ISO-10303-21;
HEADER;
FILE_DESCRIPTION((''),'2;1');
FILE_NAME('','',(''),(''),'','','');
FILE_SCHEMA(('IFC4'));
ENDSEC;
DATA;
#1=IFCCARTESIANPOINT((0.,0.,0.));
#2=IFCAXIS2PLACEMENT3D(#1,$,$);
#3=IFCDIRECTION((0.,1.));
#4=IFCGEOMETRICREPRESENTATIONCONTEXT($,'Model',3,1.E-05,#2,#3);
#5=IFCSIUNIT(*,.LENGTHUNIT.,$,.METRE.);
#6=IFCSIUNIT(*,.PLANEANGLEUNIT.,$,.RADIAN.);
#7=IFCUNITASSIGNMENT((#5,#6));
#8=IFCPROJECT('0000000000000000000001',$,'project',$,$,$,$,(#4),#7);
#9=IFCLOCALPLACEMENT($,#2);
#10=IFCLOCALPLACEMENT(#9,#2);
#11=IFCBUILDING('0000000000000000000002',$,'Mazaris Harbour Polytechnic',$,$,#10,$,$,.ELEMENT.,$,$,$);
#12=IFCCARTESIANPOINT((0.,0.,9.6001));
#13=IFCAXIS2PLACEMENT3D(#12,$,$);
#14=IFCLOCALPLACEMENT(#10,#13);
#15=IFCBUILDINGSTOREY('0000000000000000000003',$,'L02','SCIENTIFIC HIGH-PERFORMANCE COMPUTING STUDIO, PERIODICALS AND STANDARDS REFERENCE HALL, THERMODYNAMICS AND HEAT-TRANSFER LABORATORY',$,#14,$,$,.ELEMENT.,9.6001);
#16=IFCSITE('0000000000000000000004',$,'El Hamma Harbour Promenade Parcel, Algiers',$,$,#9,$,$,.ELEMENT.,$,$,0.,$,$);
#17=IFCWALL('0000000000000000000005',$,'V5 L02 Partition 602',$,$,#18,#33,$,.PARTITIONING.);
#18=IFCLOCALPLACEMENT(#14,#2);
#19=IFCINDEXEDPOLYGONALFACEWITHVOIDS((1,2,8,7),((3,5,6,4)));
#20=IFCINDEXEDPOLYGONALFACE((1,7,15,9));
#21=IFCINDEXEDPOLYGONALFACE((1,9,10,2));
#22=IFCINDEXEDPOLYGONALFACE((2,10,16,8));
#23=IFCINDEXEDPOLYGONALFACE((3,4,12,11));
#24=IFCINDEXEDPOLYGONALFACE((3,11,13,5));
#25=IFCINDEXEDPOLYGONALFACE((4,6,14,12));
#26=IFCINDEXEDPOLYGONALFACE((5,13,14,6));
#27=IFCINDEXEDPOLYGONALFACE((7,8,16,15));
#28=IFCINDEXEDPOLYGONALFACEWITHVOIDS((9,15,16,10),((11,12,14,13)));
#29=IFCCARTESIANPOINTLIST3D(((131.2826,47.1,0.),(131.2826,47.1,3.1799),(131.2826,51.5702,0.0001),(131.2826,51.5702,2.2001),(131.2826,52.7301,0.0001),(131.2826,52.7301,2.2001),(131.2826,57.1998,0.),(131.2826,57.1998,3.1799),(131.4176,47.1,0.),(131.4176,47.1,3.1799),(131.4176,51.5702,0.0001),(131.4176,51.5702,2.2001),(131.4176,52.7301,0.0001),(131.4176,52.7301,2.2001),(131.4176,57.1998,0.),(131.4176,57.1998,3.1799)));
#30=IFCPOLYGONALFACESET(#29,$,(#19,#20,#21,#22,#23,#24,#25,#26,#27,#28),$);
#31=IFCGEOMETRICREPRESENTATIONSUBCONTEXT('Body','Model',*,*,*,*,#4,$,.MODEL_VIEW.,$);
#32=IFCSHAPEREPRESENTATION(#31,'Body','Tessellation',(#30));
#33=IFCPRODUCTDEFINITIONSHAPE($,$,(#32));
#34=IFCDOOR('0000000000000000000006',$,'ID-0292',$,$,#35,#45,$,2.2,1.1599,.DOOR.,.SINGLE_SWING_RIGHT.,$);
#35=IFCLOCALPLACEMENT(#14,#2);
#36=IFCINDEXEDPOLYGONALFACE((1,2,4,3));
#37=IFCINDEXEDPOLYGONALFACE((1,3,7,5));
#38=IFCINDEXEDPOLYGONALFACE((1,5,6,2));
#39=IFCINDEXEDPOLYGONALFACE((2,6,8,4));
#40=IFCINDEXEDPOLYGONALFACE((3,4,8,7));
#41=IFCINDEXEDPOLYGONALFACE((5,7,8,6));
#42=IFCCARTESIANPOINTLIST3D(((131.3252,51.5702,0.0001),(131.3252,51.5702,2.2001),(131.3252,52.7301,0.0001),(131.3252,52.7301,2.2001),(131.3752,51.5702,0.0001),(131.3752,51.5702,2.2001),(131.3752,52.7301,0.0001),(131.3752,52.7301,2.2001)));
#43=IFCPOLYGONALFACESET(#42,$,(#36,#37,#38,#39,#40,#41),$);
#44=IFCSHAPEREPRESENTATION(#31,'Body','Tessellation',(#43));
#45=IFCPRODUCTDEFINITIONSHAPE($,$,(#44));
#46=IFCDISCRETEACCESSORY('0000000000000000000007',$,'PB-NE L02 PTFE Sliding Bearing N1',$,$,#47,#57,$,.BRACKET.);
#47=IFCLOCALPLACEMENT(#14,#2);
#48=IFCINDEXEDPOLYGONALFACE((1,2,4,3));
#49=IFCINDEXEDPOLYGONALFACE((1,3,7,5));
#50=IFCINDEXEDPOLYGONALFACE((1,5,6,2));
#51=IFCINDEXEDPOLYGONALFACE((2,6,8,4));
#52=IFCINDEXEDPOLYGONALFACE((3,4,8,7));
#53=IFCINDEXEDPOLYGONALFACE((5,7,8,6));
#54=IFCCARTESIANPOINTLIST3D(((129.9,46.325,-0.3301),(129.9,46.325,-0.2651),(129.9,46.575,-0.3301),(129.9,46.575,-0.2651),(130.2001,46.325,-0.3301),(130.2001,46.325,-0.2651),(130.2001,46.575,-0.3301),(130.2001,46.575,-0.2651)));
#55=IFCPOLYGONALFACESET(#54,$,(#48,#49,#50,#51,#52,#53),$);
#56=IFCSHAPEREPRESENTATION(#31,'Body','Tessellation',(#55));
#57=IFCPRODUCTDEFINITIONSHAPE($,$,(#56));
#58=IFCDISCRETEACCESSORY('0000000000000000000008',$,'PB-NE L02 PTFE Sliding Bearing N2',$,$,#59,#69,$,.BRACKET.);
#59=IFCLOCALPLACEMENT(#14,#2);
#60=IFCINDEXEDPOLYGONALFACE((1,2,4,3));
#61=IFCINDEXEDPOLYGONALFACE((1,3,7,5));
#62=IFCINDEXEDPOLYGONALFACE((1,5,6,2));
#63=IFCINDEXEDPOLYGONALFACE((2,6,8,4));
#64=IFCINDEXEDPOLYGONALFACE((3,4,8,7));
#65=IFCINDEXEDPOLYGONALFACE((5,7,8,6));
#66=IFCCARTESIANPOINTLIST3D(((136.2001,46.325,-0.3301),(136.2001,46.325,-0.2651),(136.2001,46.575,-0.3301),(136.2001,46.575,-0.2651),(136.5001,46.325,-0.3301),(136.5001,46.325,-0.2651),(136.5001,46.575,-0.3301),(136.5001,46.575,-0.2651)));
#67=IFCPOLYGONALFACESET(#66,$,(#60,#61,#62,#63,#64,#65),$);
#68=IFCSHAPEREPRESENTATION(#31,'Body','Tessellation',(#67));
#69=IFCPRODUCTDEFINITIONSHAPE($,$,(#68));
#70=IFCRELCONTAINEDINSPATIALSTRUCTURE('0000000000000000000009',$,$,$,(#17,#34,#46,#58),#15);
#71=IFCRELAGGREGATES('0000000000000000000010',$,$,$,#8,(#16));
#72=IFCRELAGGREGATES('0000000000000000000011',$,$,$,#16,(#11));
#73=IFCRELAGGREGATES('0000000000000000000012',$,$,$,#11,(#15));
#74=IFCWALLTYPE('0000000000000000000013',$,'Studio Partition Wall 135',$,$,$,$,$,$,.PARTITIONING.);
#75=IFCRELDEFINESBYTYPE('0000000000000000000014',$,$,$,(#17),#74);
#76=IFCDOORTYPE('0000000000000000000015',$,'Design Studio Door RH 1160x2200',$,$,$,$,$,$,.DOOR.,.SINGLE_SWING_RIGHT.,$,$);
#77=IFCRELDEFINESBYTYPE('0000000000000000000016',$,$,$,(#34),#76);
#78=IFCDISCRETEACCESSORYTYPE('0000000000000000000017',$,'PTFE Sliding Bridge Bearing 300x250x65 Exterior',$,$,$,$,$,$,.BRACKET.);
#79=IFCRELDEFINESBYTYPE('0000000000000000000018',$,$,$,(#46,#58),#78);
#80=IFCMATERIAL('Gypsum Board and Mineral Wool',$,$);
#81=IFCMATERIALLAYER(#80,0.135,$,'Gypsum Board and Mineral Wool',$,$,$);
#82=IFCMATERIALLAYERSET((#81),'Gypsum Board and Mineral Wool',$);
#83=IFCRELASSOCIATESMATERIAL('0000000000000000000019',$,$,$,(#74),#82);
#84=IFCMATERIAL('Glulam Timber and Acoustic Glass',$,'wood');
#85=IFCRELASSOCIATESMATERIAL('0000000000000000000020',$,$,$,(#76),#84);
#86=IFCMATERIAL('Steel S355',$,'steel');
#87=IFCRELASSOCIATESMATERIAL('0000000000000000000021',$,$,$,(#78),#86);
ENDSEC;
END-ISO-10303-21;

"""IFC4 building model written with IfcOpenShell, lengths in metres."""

from ifc_helpers import new_model, si_unit, direction, frame, frame_2d, origin, origin_2d, place, context, subcontext, project, spatial, rectangle, extrude, material, layer, layer_set, type_object, element, fill, save


model = new_model("IFC4")

# Units and contexts
model_context = context("Model", 3, precision=1e-05, world=origin(), true_north=direction((0.0, 1.0)))
body_context = subcontext(model_context, "Body", "Model", "MODEL_VIEW")
ifc_project = project(units=[si_unit("LENGTHUNIT", "METRE"), si_unit("PLANEANGLEUNIT", "RADIAN")], contexts=[model_context])

# Site, building, storey
site_placement = place(None, origin())
site = spatial("IfcSite", under=ifc_project, at=site_placement, Name="El Hamma Harbour Promenade Parcel, Algiers", CompositionType="ELEMENT", RefElevation=0.0)
building_placement = place(site_placement, origin())
building = spatial("IfcBuilding", under=site, at=building_placement, Name="Mazaris Harbour Polytechnic", CompositionType="ELEMENT")
storey_placement = place(building_placement, frame((0.0, 0.0, 9.6001)))
storey = spatial("IfcBuildingStorey", under=building, at=storey_placement, Name="L02", Description="SCIENTIFIC HIGH-PERFORMANCE COMPUTING STUDIO, PERIODICALS AND STANDARDS REFERENCE HALL, THERMODYNAMICS AND HEAT-TRANSFER LABORATORY", CompositionType="ELEMENT", Elevation=9.6001)

# Wall, opening, door
ifc_material_1 = material(Name="Gypsum Board and Mineral Wool")
ifc_layer_1 = layer(ifc_material_1, 0.135, Name="Gypsum Board and Mineral Wool")
ifc_layer_set_1 = layer_set([ifc_layer_1], Name="Gypsum Board and Mineral Wool")
wall_type_1 = type_object("IfcWallType", Name="Studio Partition Wall 135", PredefinedType="PARTITIONING", material=ifc_layer_set_1)
wall_1_placement = place(storey_placement, frame((131.3501, 47.1001, 0.0), z_axis=(0.0, 0.0, 1.0), x_axis=(0.0, 1.0, 0.0)))
wall_1 = element("IfcWall", 1, at=wall_1_placement, inside=storey, type_object=wall_type_1, Name="V5 L02 Partition 602", PredefinedType="PARTITIONING", context=body_context, shape_type="SweptSolid", body=[
    extrude(rectangle(XDim=10.0999, YDim=0.135, at=frame_2d((5.0498, 0.0))), origin(), (0.0, 0.0, 1.0), 3.1799),
])
opening_1_placement = place(wall_1_placement, frame((4.47, 0.0, 0.0)))
opening_1 = element("IfcOpeningElement", 2, at=opening_1_placement, cuts=wall_1, PredefinedType="OPENING", context=body_context, shape_type="SweptSolid", body=[
    extrude(rectangle(XDim=1.1599, YDim=2.2, at=frame_2d((0.5801, 1.1001))), frame((0.0, 0.0774, 0.0), z_axis=(0.0, -1.0, 0.0), x_axis=(1.0, 0.0, 0.0)), (0.0, 0.0, 1.0), 0.155),
])
ifc_material_2 = material(Name="Glulam Timber and Acoustic Glass", Category="wood")
door_type = type_object("IfcDoorType", Name="Design Studio Door RH 1160x2200", OperationType="SINGLE_SWING_RIGHT", PredefinedType="DOOR", material=ifc_material_2)
door_placement = place(opening_1_placement, origin())
door = element("IfcDoor", 3, at=door_placement, inside=storey, type_object=door_type, Name="ID-0292", OperationType="SINGLE_SWING_RIGHT", OverallHeight=2.2, OverallWidth=1.1599, PredefinedType="DOOR", context=body_context, shape_type="SweptSolid", body=[
    extrude(rectangle(XDim=1.1599, YDim=2.2, at=frame_2d((0.5801, 1.1001))), frame((0.0, 0.0249, 0.0), z_axis=(0.0, -1.0, 0.0), x_axis=(1.0, 0.0, 0.0)), (0.0, 0.0, 1.0), 0.05),
])
fill(opening_1, door)

# Discrete accessories
ifc_material_3 = material(Name="Steel S355", Category="steel")
discrete_accessory_type = type_object("IfcDiscreteAccessoryType", Name="PTFE Sliding Bridge Bearing 300x250x65 Exterior", PredefinedType="BRACKET", material=ifc_material_3)
for number, where, z_axis, x_axis, name in (
    (4, (130.05, 46.45, -0.3301), (0.0, 0.0, 1.0), (1.0, 0.0, 0.0), "PB-NE L02 PTFE Sliding Bearing N1"),
    (5, (136.3501, 46.45, -0.3301), (0.0, 0.0, 1.0), (1.0, 0.0, 0.0), "PB-NE L02 PTFE Sliding Bearing N2"),
):
    element("IfcDiscreteAccessory", number, at=place(storey_placement, frame(where, z_axis=z_axis, x_axis=x_axis)), inside=storey, type_object=discrete_accessory_type, Name=name, PredefinedType="BRACKET", context=body_context, shape_type="SweptSolid", body=[
        extrude(rectangle(XDim=0.3, YDim=0.25, at=origin_2d()), origin(), (0.0, 0.0, 1.0), 0.0649),
    ])

save(model, "model.ifc")
